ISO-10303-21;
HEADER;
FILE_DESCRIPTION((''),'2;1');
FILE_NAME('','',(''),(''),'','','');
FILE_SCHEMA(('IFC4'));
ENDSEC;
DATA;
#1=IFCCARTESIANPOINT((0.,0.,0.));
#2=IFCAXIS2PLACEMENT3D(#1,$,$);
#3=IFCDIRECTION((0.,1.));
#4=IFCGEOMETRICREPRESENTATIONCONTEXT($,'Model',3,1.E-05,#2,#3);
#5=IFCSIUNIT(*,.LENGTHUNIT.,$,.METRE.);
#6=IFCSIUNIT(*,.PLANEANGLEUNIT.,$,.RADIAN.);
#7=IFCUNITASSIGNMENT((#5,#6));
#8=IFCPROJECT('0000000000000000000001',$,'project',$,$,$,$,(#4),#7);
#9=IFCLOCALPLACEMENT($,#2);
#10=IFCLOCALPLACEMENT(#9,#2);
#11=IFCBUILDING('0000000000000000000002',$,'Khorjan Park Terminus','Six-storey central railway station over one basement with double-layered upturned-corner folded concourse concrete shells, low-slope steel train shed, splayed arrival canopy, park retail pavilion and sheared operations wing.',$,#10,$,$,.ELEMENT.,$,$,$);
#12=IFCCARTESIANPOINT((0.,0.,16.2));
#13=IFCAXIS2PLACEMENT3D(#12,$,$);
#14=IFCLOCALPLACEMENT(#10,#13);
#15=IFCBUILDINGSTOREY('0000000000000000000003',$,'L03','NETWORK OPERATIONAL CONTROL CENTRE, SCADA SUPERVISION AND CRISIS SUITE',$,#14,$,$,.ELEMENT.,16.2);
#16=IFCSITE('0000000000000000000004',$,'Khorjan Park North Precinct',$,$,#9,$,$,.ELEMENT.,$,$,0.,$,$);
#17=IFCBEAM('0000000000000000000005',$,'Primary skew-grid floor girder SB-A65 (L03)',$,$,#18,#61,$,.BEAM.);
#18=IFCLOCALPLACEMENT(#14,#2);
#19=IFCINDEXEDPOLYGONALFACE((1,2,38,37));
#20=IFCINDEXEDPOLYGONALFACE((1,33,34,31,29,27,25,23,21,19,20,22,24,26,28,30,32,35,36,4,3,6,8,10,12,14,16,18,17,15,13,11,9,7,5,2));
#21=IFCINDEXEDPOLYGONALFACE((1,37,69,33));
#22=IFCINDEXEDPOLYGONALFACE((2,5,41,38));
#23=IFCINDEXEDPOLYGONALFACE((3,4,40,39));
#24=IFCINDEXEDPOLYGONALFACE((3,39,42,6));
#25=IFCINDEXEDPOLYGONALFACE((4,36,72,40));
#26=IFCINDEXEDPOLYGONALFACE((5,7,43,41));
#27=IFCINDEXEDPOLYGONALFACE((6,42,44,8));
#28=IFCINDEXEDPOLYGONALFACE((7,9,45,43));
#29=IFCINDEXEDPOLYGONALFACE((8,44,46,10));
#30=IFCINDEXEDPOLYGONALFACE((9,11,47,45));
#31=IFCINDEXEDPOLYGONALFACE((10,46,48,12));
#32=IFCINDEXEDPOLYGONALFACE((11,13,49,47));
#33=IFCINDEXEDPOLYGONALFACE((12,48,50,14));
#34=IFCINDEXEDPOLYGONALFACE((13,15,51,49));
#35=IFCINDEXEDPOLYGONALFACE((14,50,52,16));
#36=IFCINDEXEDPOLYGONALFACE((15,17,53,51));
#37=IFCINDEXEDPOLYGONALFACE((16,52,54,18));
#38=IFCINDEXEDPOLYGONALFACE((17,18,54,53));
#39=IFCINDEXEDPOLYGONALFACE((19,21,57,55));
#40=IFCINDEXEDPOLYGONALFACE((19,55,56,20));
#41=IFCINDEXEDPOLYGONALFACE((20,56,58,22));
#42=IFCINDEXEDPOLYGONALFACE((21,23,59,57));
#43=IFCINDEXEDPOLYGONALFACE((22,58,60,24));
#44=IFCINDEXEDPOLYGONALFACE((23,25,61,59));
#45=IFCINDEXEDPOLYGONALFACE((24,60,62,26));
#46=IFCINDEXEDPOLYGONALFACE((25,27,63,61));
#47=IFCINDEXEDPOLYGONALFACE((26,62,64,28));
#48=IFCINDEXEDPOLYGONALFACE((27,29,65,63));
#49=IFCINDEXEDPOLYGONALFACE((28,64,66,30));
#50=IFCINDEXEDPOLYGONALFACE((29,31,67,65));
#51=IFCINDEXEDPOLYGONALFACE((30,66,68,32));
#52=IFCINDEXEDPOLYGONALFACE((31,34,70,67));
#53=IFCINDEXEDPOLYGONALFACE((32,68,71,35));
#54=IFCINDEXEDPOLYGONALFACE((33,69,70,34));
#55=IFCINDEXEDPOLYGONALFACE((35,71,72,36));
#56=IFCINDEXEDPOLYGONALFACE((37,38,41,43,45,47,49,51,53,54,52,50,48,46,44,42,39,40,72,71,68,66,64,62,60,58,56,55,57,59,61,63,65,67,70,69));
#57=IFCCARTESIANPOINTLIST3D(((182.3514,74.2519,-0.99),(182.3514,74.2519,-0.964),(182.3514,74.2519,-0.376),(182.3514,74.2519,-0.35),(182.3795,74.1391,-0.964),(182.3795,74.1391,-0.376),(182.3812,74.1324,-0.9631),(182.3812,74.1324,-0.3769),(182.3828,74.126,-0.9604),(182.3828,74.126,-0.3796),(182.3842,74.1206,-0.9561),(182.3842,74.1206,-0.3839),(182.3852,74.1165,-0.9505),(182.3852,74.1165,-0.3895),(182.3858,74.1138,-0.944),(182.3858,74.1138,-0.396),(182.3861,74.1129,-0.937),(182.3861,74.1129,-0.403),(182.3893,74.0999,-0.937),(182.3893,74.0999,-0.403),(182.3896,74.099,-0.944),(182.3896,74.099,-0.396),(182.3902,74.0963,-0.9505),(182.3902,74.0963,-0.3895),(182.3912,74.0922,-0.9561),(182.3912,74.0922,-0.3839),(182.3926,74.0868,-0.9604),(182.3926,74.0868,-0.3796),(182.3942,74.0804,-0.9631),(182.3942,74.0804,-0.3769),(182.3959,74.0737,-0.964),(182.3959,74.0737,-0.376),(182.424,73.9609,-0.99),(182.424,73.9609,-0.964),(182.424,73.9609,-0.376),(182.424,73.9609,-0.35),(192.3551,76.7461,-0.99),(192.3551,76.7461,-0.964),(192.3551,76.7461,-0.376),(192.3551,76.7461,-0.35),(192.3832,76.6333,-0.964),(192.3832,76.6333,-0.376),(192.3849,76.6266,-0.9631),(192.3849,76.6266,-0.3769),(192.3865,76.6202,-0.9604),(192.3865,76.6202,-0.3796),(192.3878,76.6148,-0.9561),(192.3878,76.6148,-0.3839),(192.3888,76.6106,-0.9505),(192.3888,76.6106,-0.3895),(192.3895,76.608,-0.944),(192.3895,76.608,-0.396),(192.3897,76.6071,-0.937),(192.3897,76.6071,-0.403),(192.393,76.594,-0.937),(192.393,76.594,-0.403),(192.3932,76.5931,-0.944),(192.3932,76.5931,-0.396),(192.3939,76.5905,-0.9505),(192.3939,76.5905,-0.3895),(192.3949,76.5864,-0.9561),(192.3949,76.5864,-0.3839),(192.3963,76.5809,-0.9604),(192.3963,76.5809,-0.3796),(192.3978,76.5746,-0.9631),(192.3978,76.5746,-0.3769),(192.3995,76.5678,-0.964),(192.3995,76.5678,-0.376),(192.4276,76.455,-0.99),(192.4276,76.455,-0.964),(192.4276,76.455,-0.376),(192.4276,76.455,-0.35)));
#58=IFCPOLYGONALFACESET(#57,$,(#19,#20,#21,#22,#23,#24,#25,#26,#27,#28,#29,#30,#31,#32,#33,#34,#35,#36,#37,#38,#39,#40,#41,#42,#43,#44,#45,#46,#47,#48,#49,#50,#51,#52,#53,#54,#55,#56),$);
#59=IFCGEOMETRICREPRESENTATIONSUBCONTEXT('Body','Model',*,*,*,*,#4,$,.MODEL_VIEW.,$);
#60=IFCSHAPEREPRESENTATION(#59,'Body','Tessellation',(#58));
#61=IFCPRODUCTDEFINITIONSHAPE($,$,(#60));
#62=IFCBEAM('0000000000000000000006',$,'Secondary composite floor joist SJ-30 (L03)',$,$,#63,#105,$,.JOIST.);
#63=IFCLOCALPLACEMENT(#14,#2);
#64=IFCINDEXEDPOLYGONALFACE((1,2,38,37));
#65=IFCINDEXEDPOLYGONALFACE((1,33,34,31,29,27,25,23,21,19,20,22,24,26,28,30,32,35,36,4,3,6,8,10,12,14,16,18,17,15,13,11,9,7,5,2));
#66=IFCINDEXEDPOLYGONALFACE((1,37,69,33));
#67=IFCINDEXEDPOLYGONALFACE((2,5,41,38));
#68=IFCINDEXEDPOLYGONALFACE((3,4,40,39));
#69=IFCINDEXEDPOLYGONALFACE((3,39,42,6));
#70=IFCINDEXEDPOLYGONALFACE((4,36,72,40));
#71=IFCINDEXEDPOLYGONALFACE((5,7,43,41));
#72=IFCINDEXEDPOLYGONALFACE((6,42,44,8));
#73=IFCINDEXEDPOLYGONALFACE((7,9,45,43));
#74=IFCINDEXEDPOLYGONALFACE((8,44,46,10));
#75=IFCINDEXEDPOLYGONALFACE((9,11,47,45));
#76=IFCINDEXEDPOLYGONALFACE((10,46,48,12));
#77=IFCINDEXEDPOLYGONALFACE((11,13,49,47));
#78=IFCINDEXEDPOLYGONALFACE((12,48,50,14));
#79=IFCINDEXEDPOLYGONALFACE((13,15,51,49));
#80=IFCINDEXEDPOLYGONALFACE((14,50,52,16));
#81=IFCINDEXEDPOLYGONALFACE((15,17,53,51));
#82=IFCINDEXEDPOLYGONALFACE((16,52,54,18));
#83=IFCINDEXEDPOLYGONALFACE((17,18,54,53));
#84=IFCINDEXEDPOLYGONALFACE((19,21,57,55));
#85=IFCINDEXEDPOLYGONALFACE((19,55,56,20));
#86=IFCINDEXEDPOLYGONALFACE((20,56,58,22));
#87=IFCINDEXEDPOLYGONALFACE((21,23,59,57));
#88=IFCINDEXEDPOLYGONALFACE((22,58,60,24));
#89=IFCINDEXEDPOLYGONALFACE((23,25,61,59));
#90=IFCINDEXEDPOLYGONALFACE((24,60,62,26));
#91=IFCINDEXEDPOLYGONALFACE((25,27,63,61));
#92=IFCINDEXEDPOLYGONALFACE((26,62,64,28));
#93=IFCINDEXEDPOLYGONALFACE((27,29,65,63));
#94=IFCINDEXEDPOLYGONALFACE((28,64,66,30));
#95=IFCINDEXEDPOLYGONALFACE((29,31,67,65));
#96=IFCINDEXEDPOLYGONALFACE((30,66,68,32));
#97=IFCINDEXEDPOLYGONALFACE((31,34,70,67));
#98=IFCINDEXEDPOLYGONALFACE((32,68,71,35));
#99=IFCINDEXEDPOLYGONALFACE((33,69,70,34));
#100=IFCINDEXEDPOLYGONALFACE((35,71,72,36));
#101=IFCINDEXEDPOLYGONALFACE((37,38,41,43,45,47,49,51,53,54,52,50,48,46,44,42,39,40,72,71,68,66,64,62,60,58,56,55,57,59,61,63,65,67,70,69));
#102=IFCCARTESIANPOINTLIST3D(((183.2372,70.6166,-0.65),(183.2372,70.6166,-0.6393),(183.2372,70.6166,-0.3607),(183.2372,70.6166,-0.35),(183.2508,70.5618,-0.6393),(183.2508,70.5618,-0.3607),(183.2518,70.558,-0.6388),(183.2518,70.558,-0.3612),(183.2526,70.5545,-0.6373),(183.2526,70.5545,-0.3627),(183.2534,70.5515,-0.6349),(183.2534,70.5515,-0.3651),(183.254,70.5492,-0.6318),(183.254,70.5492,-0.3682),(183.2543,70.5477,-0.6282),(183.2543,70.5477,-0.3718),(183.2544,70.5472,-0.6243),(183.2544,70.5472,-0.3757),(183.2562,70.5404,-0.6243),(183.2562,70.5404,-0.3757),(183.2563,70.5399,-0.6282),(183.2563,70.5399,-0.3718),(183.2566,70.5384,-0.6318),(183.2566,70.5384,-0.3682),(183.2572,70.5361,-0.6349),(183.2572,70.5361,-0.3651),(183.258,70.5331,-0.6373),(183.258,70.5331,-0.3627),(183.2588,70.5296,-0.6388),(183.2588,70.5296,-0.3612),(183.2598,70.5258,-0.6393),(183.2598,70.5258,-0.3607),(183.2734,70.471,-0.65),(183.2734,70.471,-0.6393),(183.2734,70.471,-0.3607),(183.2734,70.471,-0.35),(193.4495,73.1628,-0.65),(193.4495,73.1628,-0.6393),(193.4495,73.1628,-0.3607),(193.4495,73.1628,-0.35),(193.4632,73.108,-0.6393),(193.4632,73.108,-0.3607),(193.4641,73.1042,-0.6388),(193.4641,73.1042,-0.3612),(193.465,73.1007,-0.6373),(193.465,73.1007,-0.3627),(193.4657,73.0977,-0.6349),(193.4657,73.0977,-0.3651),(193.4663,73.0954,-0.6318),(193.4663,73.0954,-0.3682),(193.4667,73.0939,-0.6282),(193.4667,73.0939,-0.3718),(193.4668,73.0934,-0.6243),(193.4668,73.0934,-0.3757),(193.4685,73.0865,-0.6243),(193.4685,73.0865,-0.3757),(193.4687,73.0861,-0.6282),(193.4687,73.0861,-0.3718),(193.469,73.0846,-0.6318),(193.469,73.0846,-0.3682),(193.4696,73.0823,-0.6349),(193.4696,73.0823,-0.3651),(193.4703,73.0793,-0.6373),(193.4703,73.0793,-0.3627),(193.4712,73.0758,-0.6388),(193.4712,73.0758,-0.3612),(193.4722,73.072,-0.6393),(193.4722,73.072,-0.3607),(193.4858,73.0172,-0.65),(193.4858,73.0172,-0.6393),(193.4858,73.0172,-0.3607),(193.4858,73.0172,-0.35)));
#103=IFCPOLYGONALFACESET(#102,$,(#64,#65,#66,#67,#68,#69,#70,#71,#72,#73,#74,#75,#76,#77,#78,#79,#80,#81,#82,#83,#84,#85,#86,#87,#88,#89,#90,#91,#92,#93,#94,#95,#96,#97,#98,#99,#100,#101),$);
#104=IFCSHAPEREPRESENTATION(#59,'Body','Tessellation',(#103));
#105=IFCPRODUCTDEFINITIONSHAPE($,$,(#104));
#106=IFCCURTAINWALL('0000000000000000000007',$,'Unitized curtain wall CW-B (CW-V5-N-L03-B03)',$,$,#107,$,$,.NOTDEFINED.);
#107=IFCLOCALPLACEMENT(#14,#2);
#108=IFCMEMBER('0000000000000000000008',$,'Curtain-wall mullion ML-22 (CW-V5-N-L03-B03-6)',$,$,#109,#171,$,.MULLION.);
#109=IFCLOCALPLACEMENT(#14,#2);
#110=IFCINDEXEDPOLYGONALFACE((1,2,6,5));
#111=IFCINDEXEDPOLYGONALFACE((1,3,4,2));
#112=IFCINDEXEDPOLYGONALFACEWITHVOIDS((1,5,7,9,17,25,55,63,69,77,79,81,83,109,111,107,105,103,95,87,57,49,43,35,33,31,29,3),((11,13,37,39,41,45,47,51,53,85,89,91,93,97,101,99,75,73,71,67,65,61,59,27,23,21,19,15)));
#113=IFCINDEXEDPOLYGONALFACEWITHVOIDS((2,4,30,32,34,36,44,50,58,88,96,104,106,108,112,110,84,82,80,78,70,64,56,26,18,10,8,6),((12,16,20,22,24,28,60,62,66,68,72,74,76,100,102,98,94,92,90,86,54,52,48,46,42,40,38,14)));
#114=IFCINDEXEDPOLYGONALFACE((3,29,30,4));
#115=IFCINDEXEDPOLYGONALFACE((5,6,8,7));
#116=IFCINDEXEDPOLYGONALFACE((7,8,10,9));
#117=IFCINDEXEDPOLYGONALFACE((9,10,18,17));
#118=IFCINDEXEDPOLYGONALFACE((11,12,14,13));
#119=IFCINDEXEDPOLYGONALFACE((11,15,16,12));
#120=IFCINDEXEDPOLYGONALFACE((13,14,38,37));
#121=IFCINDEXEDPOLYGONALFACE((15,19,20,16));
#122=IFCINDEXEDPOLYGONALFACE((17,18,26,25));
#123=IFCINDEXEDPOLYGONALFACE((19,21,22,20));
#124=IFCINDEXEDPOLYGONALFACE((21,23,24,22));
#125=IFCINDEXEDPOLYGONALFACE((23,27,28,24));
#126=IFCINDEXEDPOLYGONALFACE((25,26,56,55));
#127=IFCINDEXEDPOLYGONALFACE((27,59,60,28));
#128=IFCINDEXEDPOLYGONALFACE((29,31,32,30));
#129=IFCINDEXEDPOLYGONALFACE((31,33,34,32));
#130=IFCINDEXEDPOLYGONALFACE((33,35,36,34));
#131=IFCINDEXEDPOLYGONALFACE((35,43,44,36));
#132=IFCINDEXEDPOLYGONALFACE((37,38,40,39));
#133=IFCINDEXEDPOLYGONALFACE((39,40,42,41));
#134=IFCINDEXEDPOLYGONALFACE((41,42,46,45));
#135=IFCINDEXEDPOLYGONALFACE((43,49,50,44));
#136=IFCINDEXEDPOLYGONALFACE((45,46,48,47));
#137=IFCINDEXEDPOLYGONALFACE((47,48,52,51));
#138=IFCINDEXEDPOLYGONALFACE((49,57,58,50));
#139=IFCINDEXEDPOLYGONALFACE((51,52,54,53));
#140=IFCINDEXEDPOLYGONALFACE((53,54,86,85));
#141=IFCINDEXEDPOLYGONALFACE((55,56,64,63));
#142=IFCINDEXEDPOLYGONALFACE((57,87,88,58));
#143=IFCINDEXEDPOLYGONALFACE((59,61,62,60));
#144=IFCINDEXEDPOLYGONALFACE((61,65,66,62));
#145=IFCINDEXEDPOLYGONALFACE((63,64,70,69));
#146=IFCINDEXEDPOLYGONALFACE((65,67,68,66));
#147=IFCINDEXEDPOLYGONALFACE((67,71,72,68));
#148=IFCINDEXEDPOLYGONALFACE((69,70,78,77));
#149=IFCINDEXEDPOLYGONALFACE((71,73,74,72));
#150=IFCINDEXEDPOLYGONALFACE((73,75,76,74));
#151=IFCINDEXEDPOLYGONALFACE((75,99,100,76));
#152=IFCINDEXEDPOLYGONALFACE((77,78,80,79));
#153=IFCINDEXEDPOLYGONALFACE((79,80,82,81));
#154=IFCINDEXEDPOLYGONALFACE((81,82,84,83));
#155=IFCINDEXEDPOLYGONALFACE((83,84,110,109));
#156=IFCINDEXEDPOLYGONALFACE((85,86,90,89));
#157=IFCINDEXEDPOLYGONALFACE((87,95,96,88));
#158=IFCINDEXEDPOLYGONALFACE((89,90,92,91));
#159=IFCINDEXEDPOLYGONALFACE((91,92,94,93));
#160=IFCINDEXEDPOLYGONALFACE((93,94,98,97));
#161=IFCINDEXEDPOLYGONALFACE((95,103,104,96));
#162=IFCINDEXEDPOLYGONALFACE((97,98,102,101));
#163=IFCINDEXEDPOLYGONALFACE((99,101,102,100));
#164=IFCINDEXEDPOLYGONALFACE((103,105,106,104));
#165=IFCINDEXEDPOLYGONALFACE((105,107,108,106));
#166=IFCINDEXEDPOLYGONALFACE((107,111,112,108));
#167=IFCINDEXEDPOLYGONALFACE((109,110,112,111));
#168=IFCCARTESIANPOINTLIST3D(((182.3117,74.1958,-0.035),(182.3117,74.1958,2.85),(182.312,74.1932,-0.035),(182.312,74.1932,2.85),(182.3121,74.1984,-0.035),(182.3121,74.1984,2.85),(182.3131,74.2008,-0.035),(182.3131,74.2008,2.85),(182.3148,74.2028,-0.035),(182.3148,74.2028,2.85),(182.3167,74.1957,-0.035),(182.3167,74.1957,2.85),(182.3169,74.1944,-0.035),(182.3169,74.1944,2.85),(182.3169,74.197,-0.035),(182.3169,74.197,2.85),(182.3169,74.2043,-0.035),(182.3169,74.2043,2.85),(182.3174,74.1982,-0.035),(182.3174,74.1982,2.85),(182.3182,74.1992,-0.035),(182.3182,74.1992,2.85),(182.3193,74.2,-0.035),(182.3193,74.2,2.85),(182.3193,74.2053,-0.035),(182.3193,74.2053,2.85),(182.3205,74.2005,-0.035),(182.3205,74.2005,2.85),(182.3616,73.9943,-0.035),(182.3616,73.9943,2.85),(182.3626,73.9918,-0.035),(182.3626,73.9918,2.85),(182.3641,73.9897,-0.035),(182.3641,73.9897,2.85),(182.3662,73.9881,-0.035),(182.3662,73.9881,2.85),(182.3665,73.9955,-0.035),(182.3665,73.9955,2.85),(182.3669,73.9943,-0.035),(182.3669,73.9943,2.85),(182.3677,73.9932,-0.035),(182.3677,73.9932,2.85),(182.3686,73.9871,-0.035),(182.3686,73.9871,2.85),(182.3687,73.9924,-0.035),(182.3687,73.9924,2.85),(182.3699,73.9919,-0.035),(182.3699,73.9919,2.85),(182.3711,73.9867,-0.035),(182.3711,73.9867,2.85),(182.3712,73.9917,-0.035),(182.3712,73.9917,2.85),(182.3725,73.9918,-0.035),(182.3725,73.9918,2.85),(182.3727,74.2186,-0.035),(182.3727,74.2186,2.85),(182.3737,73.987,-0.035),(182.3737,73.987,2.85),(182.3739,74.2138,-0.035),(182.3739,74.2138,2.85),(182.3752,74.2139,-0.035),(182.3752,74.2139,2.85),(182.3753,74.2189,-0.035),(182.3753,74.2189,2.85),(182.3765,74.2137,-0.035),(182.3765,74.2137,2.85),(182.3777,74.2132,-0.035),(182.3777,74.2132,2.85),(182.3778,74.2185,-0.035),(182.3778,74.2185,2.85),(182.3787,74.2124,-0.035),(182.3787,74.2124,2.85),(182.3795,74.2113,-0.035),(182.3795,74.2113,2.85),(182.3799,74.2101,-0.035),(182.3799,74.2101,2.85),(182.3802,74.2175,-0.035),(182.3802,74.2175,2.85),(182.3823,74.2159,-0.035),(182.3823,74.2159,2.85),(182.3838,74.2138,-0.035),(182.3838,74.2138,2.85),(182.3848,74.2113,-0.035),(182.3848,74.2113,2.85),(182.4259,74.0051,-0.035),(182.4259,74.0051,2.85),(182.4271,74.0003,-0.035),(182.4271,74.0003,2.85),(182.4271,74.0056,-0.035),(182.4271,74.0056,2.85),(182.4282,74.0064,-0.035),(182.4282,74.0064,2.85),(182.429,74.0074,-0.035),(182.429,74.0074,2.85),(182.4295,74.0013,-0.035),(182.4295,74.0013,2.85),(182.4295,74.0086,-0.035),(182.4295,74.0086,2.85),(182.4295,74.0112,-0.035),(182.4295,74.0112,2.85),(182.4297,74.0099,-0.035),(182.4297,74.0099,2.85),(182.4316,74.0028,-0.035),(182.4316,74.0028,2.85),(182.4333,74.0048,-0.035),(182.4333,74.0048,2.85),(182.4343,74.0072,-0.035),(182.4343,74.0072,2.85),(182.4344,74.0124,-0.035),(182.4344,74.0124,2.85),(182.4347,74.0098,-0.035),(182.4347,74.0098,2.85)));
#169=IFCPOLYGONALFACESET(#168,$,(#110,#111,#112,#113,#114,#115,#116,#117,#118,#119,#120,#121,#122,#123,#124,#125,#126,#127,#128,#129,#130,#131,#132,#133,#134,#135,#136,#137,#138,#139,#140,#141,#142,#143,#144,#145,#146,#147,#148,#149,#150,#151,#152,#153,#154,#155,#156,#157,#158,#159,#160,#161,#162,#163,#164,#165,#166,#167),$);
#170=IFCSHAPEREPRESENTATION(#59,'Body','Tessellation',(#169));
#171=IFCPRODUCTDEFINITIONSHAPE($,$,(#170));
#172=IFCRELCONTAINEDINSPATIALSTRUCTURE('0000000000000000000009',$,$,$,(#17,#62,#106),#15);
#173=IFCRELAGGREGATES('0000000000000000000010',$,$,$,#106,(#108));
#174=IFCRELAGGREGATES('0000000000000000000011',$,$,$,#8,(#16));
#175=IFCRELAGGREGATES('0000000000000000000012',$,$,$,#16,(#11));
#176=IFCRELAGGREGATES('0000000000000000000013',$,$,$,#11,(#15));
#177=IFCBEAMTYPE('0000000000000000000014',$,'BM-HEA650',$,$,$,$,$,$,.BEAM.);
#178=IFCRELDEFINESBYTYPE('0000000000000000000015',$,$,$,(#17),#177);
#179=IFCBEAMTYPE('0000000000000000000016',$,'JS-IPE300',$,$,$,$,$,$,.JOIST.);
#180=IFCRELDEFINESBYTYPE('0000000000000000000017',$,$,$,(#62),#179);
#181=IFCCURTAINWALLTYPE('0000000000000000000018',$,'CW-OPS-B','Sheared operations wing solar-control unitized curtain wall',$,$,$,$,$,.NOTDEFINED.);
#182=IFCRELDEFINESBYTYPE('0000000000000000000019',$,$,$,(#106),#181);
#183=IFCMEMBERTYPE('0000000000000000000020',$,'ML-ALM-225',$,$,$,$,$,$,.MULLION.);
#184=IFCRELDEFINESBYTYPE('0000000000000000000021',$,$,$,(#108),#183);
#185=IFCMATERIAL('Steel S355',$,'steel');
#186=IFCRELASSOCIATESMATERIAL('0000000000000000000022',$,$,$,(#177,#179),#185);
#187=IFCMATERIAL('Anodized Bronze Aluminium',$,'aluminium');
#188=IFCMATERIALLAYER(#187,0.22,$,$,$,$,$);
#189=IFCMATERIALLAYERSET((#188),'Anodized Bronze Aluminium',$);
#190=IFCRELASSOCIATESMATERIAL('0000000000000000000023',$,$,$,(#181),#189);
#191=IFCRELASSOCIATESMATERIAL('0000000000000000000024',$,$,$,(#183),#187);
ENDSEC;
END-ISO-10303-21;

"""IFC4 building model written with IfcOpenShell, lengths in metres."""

from ifc_helpers import new_model, si_unit, direction, frame, origin, origin_2d, place, context, subcontext, project, spatial, hollow_rectangle, i_section, extrude, material, layer, layer_set, material_profile, profile_set, type_object, element, aggregate, save


model = new_model("IFC4")

# Units and contexts
model_context = context("Model", 3, precision=1e-05, world=origin(), true_north=direction((0.0, 1.0)))
body_context = subcontext(model_context, "Body", "Model", "MODEL_VIEW")
ifc_project = project(units=[si_unit("LENGTHUNIT", "METRE"), si_unit("PLANEANGLEUNIT", "RADIAN")], contexts=[model_context])

# Site, building, storey
site_placement = place(None, origin())
site = spatial("IfcSite", under=ifc_project, at=site_placement, Name="Khorjan Park North Precinct", CompositionType="ELEMENT", RefElevation=0.0)
building_placement = place(site_placement, origin())
building = spatial("IfcBuilding", under=site, at=building_placement, Name="Khorjan Park Terminus", Description="Six-storey central railway station over one basement with double-layered upturned-corner folded concourse concrete shells, low-slope steel train shed, splayed arrival canopy, park retail pavilion and sheared operations wing.", CompositionType="ELEMENT")
storey_placement = place(building_placement, frame((0.0, 0.0, 16.2)))
storey = spatial("IfcBuildingStorey", under=building, at=storey_placement, Name="L03", Description="NETWORK OPERATIONAL CONTROL CENTRE, SCADA SUPERVISION AND CRISIS SUITE", CompositionType="ELEMENT", Elevation=16.2)

# Beams
ifc_material_1 = material(Name="Steel S355", Category="steel")
ifc_material_profile_1 = material_profile(ifc_material_1, i_section(OverallWidth=0.3, OverallDepth=0.64, WebThickness=0.0135, FlangeThickness=0.026, FilletRadius=0.027, at=origin_2d()), Name="HEA 650")
ifc_profile_set_1 = profile_set([ifc_material_profile_1], Name="Steel S355")
beam_type_1 = type_object("IfcBeamType", Name="BM-HEA650", PredefinedType="BEAM", material=ifc_profile_set_1)
beam_1_placement = place(storey_placement, frame((182.3877, 74.1064, -0.67), z_axis=(0.970296, 0.241922, 0.0), x_axis=(-0.241922, 0.970296, 0.0)))
element("IfcBeam", 1, at=beam_1_placement, inside=storey, type_object=beam_type_1, Name="Primary skew-grid floor girder SB-A65 (L03)", PredefinedType="BEAM", context=body_context, shape_type="SweptSolid", body=[
    extrude(i_section(OverallWidth=0.3, OverallDepth=0.64, WebThickness=0.0135, FlangeThickness=0.026, FilletRadius=0.027, at=origin_2d()), origin(), (0.0, 0.0, 1.0), 10.3099),
])
ifc_material_profile_2 = material_profile(ifc_material_1, i_section(OverallWidth=0.15, OverallDepth=0.3, WebThickness=0.0071, FlangeThickness=0.0107, FilletRadius=0.015, at=origin_2d()), Name="IPE 300")
ifc_profile_set_2 = profile_set([ifc_material_profile_2], Name="Steel S355")
beam_type_2 = type_object("IfcBeamType", Name="JS-IPE300", PredefinedType="JOIST", material=ifc_profile_set_2)
beam_2_placement = place(storey_placement, frame((183.2553, 70.5438, -0.5), z_axis=(0.970297, 0.241919, 0.0), x_axis=(-0.241919, 0.970297, 0.0)))
element("IfcBeam", 2, at=beam_2_placement, inside=storey, type_object=beam_type_2, Name="Secondary composite floor joist SJ-30 (L03)", PredefinedType="JOIST", context=body_context, shape_type="SweptSolid", body=[
    extrude(i_section(OverallWidth=0.15, OverallDepth=0.3, WebThickness=0.0071, FlangeThickness=0.0107, FilletRadius=0.015, at=origin_2d()), origin(), (0.0, 0.0, 1.0), 10.525),
])

# Curtain wall, member
ifc_material_2 = material(Name="Anodized Bronze Aluminium", Category="aluminium")
ifc_layer_1 = layer(ifc_material_2, 0.22)
ifc_layer_set_1 = layer_set([ifc_layer_1], Name="Anodized Bronze Aluminium")
curtain_wall_type = type_object("IfcCurtainWallType", Name="CW-OPS-B", Description="Sheared operations wing solar-control unitized curtain wall", PredefinedType="NOTDEFINED", material=ifc_layer_set_1)
curtain_wall_1_placement = place(storey_placement, origin())
curtain_wall_1 = element("IfcCurtainWall", 3, at=curtain_wall_1_placement, inside=storey, type_object=curtain_wall_type, Name="Unitized curtain wall CW-B (CW-V5-N-L03-B03)", PredefinedType="NOTDEFINED")
ifc_material_profile_3 = material_profile(ifc_material_2, hollow_rectangle(XDim=0.075, YDim=0.225, WallThickness=0.005, InnerFilletRadius=0.005, OuterFilletRadius=0.01, at=origin_2d()), Name="ALM 75x225x5")
ifc_profile_set_3 = profile_set([ifc_material_profile_3], Name="Anodized Bronze Aluminium")
member_type_1 = type_object("IfcMemberType", Name="ML-ALM-225", PredefinedType="MULLION", material=ifc_profile_set_3)
member_1_placement = place(storey_placement, frame((182.3732, 74.1028, -0.035), z_axis=(0.0, 0.0, 1.0), x_axis=(-0.970296, -0.241921, 0.0)))
member_1 = element("IfcMember", 4, at=member_1_placement, type_object=member_type_1, Name="Curtain-wall mullion ML-22 (CW-V5-N-L03-B03-6)", PredefinedType="MULLION", context=body_context, shape_type="SweptSolid", body=[
    extrude(hollow_rectangle(XDim=0.075, YDim=0.225, WallThickness=0.005, InnerFilletRadius=0.005, OuterFilletRadius=0.01, at=origin_2d()), origin(), (0.0, 0.0, 1.0), 2.885),
])

aggregate(curtain_wall_1, [member_1])

save(model, "model.ifc")
